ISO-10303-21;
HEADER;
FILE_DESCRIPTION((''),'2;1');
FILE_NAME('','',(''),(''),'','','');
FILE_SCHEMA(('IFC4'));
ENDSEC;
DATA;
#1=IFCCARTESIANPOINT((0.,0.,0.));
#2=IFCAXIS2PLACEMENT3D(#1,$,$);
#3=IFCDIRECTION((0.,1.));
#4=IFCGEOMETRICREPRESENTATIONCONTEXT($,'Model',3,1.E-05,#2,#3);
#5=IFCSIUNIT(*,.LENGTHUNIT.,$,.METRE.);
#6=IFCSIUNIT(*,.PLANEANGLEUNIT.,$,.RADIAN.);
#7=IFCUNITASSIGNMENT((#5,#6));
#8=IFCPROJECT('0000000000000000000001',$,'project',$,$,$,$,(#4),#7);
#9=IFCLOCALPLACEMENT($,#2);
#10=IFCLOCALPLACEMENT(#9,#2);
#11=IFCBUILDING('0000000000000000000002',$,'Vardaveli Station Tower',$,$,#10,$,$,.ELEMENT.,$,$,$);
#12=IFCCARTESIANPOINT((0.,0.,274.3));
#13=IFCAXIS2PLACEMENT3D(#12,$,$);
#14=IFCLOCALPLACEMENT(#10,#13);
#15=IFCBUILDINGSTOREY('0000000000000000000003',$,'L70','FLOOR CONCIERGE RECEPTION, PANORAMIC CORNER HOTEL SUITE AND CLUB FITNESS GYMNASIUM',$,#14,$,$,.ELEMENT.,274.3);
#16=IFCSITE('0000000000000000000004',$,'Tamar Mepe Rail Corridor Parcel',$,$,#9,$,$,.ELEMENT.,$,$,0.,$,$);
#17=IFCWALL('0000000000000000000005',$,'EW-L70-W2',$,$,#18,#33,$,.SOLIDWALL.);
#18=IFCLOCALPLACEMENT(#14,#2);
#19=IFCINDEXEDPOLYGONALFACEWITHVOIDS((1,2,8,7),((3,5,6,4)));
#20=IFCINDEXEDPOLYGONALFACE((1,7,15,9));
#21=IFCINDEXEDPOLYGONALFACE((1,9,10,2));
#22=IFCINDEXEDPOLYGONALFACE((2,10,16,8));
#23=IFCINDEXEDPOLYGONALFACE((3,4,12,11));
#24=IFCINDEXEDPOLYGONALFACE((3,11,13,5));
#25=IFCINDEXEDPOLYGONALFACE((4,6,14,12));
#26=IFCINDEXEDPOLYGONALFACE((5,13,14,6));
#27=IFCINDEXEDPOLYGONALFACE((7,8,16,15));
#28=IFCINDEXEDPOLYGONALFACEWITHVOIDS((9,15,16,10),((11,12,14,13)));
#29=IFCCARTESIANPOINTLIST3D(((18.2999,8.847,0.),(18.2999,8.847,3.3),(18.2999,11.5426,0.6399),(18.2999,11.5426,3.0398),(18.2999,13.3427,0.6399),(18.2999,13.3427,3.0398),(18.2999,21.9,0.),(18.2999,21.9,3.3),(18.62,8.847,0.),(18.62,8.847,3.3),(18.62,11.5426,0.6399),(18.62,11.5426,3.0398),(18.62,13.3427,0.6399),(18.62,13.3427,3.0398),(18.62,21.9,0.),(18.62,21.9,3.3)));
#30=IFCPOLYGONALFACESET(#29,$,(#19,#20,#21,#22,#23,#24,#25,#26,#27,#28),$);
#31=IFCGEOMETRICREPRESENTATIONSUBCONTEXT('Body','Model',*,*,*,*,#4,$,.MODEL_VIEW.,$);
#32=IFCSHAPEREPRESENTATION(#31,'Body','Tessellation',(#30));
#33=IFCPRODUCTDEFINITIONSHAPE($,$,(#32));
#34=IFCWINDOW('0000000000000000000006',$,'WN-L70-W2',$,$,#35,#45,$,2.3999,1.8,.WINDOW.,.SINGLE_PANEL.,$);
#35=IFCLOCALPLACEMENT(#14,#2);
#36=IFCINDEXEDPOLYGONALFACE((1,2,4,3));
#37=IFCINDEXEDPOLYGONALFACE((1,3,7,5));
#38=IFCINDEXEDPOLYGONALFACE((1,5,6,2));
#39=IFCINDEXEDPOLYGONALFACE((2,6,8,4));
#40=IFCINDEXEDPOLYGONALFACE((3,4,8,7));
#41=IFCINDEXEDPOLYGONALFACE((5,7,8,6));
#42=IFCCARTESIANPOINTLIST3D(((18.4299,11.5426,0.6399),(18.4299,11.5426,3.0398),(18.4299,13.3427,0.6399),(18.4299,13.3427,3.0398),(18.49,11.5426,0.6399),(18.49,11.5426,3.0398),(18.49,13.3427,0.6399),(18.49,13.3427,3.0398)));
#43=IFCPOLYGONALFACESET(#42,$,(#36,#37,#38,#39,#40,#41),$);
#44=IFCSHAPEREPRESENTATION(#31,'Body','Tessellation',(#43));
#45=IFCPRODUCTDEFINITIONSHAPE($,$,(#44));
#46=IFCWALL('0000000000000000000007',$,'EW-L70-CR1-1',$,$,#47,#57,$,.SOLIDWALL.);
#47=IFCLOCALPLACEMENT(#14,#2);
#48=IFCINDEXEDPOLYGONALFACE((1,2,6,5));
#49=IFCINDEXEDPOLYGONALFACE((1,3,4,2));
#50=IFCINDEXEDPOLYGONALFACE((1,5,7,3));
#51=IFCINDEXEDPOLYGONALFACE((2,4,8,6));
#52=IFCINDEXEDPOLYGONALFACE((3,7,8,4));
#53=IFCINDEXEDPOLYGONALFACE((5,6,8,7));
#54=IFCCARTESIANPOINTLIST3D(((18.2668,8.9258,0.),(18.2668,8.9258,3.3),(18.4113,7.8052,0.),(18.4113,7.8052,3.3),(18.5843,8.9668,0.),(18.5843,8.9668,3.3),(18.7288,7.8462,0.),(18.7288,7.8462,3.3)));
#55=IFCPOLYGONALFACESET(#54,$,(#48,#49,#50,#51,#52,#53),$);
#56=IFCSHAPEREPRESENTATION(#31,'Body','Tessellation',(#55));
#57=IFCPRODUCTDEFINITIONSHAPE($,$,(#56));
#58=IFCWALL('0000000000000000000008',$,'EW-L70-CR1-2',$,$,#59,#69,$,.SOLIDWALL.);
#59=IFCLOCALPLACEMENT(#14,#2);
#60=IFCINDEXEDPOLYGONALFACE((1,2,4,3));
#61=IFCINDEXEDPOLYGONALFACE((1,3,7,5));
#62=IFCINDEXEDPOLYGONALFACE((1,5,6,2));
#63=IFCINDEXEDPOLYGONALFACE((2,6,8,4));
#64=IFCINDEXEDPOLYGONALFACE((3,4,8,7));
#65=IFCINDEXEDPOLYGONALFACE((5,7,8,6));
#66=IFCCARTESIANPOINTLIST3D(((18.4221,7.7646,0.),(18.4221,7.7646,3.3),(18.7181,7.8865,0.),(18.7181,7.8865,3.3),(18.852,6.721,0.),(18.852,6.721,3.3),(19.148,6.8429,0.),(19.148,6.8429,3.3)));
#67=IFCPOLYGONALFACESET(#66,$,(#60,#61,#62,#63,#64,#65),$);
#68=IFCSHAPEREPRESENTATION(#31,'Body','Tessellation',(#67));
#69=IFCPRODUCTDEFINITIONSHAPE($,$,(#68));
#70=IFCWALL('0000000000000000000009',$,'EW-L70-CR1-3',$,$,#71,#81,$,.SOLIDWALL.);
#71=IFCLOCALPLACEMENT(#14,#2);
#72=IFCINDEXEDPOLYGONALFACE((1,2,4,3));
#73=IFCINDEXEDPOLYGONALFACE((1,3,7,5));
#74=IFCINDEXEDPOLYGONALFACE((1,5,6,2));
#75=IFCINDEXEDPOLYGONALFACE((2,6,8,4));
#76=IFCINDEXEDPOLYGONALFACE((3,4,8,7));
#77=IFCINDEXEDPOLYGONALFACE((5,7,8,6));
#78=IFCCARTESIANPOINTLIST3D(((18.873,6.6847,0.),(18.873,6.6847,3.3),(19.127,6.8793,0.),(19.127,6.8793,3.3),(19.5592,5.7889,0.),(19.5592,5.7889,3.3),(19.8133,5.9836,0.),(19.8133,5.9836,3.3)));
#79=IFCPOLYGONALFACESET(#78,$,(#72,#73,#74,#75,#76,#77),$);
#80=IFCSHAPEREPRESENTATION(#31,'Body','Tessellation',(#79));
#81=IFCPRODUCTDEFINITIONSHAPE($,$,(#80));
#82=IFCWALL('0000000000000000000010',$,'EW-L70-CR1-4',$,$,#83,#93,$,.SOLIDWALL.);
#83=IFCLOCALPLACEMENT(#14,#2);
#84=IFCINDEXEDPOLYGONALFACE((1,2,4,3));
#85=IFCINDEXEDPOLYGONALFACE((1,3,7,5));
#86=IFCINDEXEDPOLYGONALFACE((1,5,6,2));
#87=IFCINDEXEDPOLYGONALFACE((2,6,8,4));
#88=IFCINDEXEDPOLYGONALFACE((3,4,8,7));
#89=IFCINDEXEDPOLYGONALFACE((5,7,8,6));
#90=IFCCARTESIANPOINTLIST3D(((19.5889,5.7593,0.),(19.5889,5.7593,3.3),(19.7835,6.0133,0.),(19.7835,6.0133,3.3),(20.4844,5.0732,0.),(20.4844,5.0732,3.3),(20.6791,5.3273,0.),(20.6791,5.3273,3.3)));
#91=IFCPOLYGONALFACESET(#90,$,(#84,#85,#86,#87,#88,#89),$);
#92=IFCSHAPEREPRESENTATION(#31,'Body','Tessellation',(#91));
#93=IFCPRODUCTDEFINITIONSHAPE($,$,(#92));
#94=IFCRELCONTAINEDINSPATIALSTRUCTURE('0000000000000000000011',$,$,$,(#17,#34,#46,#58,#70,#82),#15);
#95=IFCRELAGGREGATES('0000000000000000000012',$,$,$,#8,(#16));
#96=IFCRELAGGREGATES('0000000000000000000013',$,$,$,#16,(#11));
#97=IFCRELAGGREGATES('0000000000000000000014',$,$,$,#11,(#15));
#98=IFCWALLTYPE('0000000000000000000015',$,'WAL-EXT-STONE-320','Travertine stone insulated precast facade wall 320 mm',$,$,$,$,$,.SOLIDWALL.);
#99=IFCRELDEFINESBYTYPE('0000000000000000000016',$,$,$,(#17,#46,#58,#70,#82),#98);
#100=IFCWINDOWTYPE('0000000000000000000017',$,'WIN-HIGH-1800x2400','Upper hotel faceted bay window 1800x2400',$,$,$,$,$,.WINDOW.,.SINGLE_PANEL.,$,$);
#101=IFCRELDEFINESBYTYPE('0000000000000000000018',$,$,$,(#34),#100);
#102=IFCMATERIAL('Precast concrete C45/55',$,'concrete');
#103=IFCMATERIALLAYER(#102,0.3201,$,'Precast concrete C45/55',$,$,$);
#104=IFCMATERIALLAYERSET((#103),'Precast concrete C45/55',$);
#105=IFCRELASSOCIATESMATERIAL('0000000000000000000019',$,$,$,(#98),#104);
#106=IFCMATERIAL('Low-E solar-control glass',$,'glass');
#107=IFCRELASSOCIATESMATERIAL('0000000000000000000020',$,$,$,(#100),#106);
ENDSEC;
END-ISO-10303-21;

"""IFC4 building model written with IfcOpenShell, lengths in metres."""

from ifc_helpers import new_model, si_unit, direction, frame, frame_2d, origin, place, context, subcontext, project, spatial, rectangle, extrude, source, transform, mapped, material, layer, layer_set, type_object, element, fill, save


model = new_model("IFC4")

# Units and contexts
model_context = context("Model", 3, precision=1e-05, world=origin(), true_north=direction((0.0, 1.0)))
body_context = subcontext(model_context, "Body", "Model", "MODEL_VIEW")
ifc_project = project(units=[si_unit("LENGTHUNIT", "METRE"), si_unit("PLANEANGLEUNIT", "RADIAN")], contexts=[model_context])

# Site, building, storey
site_placement = place(None, origin())
site = spatial("IfcSite", under=ifc_project, at=site_placement, Name="Tamar Mepe Rail Corridor Parcel", CompositionType="ELEMENT", RefElevation=0.0)
building_placement = place(site_placement, origin())
building = spatial("IfcBuilding", under=site, at=building_placement, Name="Vardaveli Station Tower", CompositionType="ELEMENT")
storey_placement = place(building_placement, frame((0.0, 0.0, 274.3)))
storey = spatial("IfcBuildingStorey", under=building, at=storey_placement, Name="L70", Description="FLOOR CONCIERGE RECEPTION, PANORAMIC CORNER HOTEL SUITE AND CLUB FITNESS GYMNASIUM", CompositionType="ELEMENT", Elevation=274.3)

# Shared definitions
ifc_material_1 = material(Name="Precast concrete C45/55", Category="concrete")

# Wall, opening, window
ifc_layer_1 = layer(ifc_material_1, 0.3201, Name="Precast concrete C45/55")
ifc_layer_set_1 = layer_set([ifc_layer_1], Name="Precast concrete C45/55")
wall_type_1 = type_object("IfcWallType", Name="WAL-EXT-STONE-320", Description="Travertine stone insulated precast facade wall 320 mm", PredefinedType="SOLIDWALL", material=ifc_layer_set_1)
shared_shape_1 = source(origin(), body_context, "Body", "SweptSolid", [
    extrude(rectangle(XDim=13.053, YDim=0.3201, at=frame_2d((6.5264, 0.0))), origin(), (0.0, 0.0, 1.0), 3.3),
])
wall_1_placement = place(storey_placement, frame((18.46, 21.8999, 0.0), z_axis=(0.0, 0.0, 1.0), x_axis=(0.0, -1.0, 0.0)))
wall_1 = element("IfcWall", 1, at=wall_1_placement, inside=storey, type_object=wall_type_1, Name="EW-L70-W2", PredefinedType="SOLIDWALL", context=body_context, shape_type="MappedRepresentation", body=[
    mapped(shared_shape_1, transform((0.0, 0.0, 0.0), scale=1.0)),
])
shared_shape_2 = source(origin(), body_context, "Body", "SweptSolid", [
    extrude(rectangle(XDim=1.8, YDim=2.3999, at=frame_2d((0.8999, 1.2))), frame((0.0, 0.1699, 0.0), z_axis=(0.0, -1.0, 0.0), x_axis=(1.0, 0.0, 0.0)), (0.0, 0.0, 1.0), 0.3401),
])
opening_1_placement = place(wall_1_placement, frame((8.5574, 0.0, 0.6399)))
opening_1 = element("IfcOpeningElement", 2, at=opening_1_placement, cuts=wall_1, PredefinedType="OPENING", context=body_context, shape_type="MappedRepresentation", body=[
    mapped(shared_shape_2, transform((0.0, 0.0, 0.0), scale=1.0)),
])
ifc_material_2 = material(Name="Low-E solar-control glass", Category="glass")
window_type = type_object("IfcWindowType", Name="WIN-HIGH-1800x2400", Description="Upper hotel faceted bay window 1800x2400", PartitioningType="SINGLE_PANEL", PredefinedType="WINDOW", material=ifc_material_2)
shared_shape_3 = source(origin(), body_context, "Body", "SweptSolid", [
    extrude(rectangle(XDim=1.8, YDim=2.3999, at=frame_2d((0.8999, 1.2))), frame((0.0, 0.03, 0.0), z_axis=(0.0, -1.0, 0.0), x_axis=(1.0, 0.0, 0.0)), (0.0, 0.0, 1.0), 0.0601),
])
window_placement = place(opening_1_placement, origin())
window = element("IfcWindow", 3, at=window_placement, inside=storey, type_object=window_type, Name="WN-L70-W2", OverallHeight=2.3999, OverallWidth=1.8, PartitioningType="SINGLE_PANEL", PredefinedType="WINDOW", context=body_context, shape_type="MappedRepresentation", body=[
    mapped(shared_shape_3, transform((0.0, 0.0, 0.0), scale=1.0)),
])
fill(opening_1, window)

# Walls
shared_shape_4 = source(origin(), body_context, "Body", "SweptSolid", [
    extrude(rectangle(XDim=1.1299, YDim=0.3201, at=frame_2d((0.5649, 0.0))), origin(), (0.0, 0.0, 1.0), 3.3),
])
wall_2_placement = place(storey_placement, frame((18.4255, 8.9463, 0.0), z_axis=(0.0, 0.0, 1.0), x_axis=(0.127916, -0.991785, 0.0)))
element("IfcWall", 4, at=wall_2_placement, inside=storey, type_object=wall_type_1, Name="EW-L70-CR1-1", PredefinedType="SOLIDWALL", context=body_context, shape_type="MappedRepresentation", body=[
    mapped(shared_shape_4, transform((0.0, 0.0, 0.0), scale=1.0)),
])
shared_shape_5 = source(origin(), body_context, "Body", "SweptSolid", [
    extrude(rectangle(XDim=1.1287, YDim=0.3201, at=frame_2d((0.5645, 0.0))), origin(), (0.0, 0.0, 1.0), 3.3),
])
wall_3_placement = place(storey_placement, frame((18.5701, 7.8257, 0.0), z_axis=(0.0, 0.0, 1.0), x_axis=(0.38088, -0.924624, 0.0)))
element("IfcWall", 5, at=wall_3_placement, inside=storey, type_object=wall_type_1, Name="EW-L70-CR1-2", PredefinedType="SOLIDWALL", context=body_context, shape_type="MappedRepresentation", body=[
    mapped(shared_shape_5, transform((0.0, 0.0, 0.0), scale=1.0)),
])
shared_shape_6 = source(origin(), body_context, "Body", "SweptSolid", [
    extrude(rectangle(XDim=1.1284, YDim=0.3201, at=frame_2d((0.5642, 0.0))), origin(), (0.0, 0.0, 1.0), 3.3),
])
wall_4_placement = place(storey_placement, frame((19.0, 6.782, 0.0), z_axis=(0.0, 0.0, 1.0), x_axis=(0.608173, -0.793805, 0.0)))
element("IfcWall", 6, at=wall_4_placement, inside=storey, type_object=wall_type_1, Name="EW-L70-CR1-3", PredefinedType="SOLIDWALL", context=body_context, shape_type="MappedRepresentation", body=[
    mapped(shared_shape_6, transform((0.0, 0.0, 0.0), scale=1.0)),
])
shared_shape_7 = source(origin(), body_context, "Body", "SweptSolid", [
    extrude(rectangle(XDim=1.1282, YDim=0.3201, at=frame_2d((0.564, 0.0))), origin(), (0.0, 0.0, 1.0), 3.3),
])
wall_5_placement = place(storey_placement, frame((19.6863, 5.8862, 0.0), z_axis=(0.0, 0.0, 1.0), x_axis=(0.793829, -0.608141, 0.0)))
element("IfcWall", 7, at=wall_5_placement, inside=storey, type_object=wall_type_1, Name="EW-L70-CR1-4", PredefinedType="SOLIDWALL", context=body_context, shape_type="MappedRepresentation", body=[
    mapped(shared_shape_7, transform((0.0, 0.0, 0.0), scale=1.0)),
])

save(model, "model.ifc")
